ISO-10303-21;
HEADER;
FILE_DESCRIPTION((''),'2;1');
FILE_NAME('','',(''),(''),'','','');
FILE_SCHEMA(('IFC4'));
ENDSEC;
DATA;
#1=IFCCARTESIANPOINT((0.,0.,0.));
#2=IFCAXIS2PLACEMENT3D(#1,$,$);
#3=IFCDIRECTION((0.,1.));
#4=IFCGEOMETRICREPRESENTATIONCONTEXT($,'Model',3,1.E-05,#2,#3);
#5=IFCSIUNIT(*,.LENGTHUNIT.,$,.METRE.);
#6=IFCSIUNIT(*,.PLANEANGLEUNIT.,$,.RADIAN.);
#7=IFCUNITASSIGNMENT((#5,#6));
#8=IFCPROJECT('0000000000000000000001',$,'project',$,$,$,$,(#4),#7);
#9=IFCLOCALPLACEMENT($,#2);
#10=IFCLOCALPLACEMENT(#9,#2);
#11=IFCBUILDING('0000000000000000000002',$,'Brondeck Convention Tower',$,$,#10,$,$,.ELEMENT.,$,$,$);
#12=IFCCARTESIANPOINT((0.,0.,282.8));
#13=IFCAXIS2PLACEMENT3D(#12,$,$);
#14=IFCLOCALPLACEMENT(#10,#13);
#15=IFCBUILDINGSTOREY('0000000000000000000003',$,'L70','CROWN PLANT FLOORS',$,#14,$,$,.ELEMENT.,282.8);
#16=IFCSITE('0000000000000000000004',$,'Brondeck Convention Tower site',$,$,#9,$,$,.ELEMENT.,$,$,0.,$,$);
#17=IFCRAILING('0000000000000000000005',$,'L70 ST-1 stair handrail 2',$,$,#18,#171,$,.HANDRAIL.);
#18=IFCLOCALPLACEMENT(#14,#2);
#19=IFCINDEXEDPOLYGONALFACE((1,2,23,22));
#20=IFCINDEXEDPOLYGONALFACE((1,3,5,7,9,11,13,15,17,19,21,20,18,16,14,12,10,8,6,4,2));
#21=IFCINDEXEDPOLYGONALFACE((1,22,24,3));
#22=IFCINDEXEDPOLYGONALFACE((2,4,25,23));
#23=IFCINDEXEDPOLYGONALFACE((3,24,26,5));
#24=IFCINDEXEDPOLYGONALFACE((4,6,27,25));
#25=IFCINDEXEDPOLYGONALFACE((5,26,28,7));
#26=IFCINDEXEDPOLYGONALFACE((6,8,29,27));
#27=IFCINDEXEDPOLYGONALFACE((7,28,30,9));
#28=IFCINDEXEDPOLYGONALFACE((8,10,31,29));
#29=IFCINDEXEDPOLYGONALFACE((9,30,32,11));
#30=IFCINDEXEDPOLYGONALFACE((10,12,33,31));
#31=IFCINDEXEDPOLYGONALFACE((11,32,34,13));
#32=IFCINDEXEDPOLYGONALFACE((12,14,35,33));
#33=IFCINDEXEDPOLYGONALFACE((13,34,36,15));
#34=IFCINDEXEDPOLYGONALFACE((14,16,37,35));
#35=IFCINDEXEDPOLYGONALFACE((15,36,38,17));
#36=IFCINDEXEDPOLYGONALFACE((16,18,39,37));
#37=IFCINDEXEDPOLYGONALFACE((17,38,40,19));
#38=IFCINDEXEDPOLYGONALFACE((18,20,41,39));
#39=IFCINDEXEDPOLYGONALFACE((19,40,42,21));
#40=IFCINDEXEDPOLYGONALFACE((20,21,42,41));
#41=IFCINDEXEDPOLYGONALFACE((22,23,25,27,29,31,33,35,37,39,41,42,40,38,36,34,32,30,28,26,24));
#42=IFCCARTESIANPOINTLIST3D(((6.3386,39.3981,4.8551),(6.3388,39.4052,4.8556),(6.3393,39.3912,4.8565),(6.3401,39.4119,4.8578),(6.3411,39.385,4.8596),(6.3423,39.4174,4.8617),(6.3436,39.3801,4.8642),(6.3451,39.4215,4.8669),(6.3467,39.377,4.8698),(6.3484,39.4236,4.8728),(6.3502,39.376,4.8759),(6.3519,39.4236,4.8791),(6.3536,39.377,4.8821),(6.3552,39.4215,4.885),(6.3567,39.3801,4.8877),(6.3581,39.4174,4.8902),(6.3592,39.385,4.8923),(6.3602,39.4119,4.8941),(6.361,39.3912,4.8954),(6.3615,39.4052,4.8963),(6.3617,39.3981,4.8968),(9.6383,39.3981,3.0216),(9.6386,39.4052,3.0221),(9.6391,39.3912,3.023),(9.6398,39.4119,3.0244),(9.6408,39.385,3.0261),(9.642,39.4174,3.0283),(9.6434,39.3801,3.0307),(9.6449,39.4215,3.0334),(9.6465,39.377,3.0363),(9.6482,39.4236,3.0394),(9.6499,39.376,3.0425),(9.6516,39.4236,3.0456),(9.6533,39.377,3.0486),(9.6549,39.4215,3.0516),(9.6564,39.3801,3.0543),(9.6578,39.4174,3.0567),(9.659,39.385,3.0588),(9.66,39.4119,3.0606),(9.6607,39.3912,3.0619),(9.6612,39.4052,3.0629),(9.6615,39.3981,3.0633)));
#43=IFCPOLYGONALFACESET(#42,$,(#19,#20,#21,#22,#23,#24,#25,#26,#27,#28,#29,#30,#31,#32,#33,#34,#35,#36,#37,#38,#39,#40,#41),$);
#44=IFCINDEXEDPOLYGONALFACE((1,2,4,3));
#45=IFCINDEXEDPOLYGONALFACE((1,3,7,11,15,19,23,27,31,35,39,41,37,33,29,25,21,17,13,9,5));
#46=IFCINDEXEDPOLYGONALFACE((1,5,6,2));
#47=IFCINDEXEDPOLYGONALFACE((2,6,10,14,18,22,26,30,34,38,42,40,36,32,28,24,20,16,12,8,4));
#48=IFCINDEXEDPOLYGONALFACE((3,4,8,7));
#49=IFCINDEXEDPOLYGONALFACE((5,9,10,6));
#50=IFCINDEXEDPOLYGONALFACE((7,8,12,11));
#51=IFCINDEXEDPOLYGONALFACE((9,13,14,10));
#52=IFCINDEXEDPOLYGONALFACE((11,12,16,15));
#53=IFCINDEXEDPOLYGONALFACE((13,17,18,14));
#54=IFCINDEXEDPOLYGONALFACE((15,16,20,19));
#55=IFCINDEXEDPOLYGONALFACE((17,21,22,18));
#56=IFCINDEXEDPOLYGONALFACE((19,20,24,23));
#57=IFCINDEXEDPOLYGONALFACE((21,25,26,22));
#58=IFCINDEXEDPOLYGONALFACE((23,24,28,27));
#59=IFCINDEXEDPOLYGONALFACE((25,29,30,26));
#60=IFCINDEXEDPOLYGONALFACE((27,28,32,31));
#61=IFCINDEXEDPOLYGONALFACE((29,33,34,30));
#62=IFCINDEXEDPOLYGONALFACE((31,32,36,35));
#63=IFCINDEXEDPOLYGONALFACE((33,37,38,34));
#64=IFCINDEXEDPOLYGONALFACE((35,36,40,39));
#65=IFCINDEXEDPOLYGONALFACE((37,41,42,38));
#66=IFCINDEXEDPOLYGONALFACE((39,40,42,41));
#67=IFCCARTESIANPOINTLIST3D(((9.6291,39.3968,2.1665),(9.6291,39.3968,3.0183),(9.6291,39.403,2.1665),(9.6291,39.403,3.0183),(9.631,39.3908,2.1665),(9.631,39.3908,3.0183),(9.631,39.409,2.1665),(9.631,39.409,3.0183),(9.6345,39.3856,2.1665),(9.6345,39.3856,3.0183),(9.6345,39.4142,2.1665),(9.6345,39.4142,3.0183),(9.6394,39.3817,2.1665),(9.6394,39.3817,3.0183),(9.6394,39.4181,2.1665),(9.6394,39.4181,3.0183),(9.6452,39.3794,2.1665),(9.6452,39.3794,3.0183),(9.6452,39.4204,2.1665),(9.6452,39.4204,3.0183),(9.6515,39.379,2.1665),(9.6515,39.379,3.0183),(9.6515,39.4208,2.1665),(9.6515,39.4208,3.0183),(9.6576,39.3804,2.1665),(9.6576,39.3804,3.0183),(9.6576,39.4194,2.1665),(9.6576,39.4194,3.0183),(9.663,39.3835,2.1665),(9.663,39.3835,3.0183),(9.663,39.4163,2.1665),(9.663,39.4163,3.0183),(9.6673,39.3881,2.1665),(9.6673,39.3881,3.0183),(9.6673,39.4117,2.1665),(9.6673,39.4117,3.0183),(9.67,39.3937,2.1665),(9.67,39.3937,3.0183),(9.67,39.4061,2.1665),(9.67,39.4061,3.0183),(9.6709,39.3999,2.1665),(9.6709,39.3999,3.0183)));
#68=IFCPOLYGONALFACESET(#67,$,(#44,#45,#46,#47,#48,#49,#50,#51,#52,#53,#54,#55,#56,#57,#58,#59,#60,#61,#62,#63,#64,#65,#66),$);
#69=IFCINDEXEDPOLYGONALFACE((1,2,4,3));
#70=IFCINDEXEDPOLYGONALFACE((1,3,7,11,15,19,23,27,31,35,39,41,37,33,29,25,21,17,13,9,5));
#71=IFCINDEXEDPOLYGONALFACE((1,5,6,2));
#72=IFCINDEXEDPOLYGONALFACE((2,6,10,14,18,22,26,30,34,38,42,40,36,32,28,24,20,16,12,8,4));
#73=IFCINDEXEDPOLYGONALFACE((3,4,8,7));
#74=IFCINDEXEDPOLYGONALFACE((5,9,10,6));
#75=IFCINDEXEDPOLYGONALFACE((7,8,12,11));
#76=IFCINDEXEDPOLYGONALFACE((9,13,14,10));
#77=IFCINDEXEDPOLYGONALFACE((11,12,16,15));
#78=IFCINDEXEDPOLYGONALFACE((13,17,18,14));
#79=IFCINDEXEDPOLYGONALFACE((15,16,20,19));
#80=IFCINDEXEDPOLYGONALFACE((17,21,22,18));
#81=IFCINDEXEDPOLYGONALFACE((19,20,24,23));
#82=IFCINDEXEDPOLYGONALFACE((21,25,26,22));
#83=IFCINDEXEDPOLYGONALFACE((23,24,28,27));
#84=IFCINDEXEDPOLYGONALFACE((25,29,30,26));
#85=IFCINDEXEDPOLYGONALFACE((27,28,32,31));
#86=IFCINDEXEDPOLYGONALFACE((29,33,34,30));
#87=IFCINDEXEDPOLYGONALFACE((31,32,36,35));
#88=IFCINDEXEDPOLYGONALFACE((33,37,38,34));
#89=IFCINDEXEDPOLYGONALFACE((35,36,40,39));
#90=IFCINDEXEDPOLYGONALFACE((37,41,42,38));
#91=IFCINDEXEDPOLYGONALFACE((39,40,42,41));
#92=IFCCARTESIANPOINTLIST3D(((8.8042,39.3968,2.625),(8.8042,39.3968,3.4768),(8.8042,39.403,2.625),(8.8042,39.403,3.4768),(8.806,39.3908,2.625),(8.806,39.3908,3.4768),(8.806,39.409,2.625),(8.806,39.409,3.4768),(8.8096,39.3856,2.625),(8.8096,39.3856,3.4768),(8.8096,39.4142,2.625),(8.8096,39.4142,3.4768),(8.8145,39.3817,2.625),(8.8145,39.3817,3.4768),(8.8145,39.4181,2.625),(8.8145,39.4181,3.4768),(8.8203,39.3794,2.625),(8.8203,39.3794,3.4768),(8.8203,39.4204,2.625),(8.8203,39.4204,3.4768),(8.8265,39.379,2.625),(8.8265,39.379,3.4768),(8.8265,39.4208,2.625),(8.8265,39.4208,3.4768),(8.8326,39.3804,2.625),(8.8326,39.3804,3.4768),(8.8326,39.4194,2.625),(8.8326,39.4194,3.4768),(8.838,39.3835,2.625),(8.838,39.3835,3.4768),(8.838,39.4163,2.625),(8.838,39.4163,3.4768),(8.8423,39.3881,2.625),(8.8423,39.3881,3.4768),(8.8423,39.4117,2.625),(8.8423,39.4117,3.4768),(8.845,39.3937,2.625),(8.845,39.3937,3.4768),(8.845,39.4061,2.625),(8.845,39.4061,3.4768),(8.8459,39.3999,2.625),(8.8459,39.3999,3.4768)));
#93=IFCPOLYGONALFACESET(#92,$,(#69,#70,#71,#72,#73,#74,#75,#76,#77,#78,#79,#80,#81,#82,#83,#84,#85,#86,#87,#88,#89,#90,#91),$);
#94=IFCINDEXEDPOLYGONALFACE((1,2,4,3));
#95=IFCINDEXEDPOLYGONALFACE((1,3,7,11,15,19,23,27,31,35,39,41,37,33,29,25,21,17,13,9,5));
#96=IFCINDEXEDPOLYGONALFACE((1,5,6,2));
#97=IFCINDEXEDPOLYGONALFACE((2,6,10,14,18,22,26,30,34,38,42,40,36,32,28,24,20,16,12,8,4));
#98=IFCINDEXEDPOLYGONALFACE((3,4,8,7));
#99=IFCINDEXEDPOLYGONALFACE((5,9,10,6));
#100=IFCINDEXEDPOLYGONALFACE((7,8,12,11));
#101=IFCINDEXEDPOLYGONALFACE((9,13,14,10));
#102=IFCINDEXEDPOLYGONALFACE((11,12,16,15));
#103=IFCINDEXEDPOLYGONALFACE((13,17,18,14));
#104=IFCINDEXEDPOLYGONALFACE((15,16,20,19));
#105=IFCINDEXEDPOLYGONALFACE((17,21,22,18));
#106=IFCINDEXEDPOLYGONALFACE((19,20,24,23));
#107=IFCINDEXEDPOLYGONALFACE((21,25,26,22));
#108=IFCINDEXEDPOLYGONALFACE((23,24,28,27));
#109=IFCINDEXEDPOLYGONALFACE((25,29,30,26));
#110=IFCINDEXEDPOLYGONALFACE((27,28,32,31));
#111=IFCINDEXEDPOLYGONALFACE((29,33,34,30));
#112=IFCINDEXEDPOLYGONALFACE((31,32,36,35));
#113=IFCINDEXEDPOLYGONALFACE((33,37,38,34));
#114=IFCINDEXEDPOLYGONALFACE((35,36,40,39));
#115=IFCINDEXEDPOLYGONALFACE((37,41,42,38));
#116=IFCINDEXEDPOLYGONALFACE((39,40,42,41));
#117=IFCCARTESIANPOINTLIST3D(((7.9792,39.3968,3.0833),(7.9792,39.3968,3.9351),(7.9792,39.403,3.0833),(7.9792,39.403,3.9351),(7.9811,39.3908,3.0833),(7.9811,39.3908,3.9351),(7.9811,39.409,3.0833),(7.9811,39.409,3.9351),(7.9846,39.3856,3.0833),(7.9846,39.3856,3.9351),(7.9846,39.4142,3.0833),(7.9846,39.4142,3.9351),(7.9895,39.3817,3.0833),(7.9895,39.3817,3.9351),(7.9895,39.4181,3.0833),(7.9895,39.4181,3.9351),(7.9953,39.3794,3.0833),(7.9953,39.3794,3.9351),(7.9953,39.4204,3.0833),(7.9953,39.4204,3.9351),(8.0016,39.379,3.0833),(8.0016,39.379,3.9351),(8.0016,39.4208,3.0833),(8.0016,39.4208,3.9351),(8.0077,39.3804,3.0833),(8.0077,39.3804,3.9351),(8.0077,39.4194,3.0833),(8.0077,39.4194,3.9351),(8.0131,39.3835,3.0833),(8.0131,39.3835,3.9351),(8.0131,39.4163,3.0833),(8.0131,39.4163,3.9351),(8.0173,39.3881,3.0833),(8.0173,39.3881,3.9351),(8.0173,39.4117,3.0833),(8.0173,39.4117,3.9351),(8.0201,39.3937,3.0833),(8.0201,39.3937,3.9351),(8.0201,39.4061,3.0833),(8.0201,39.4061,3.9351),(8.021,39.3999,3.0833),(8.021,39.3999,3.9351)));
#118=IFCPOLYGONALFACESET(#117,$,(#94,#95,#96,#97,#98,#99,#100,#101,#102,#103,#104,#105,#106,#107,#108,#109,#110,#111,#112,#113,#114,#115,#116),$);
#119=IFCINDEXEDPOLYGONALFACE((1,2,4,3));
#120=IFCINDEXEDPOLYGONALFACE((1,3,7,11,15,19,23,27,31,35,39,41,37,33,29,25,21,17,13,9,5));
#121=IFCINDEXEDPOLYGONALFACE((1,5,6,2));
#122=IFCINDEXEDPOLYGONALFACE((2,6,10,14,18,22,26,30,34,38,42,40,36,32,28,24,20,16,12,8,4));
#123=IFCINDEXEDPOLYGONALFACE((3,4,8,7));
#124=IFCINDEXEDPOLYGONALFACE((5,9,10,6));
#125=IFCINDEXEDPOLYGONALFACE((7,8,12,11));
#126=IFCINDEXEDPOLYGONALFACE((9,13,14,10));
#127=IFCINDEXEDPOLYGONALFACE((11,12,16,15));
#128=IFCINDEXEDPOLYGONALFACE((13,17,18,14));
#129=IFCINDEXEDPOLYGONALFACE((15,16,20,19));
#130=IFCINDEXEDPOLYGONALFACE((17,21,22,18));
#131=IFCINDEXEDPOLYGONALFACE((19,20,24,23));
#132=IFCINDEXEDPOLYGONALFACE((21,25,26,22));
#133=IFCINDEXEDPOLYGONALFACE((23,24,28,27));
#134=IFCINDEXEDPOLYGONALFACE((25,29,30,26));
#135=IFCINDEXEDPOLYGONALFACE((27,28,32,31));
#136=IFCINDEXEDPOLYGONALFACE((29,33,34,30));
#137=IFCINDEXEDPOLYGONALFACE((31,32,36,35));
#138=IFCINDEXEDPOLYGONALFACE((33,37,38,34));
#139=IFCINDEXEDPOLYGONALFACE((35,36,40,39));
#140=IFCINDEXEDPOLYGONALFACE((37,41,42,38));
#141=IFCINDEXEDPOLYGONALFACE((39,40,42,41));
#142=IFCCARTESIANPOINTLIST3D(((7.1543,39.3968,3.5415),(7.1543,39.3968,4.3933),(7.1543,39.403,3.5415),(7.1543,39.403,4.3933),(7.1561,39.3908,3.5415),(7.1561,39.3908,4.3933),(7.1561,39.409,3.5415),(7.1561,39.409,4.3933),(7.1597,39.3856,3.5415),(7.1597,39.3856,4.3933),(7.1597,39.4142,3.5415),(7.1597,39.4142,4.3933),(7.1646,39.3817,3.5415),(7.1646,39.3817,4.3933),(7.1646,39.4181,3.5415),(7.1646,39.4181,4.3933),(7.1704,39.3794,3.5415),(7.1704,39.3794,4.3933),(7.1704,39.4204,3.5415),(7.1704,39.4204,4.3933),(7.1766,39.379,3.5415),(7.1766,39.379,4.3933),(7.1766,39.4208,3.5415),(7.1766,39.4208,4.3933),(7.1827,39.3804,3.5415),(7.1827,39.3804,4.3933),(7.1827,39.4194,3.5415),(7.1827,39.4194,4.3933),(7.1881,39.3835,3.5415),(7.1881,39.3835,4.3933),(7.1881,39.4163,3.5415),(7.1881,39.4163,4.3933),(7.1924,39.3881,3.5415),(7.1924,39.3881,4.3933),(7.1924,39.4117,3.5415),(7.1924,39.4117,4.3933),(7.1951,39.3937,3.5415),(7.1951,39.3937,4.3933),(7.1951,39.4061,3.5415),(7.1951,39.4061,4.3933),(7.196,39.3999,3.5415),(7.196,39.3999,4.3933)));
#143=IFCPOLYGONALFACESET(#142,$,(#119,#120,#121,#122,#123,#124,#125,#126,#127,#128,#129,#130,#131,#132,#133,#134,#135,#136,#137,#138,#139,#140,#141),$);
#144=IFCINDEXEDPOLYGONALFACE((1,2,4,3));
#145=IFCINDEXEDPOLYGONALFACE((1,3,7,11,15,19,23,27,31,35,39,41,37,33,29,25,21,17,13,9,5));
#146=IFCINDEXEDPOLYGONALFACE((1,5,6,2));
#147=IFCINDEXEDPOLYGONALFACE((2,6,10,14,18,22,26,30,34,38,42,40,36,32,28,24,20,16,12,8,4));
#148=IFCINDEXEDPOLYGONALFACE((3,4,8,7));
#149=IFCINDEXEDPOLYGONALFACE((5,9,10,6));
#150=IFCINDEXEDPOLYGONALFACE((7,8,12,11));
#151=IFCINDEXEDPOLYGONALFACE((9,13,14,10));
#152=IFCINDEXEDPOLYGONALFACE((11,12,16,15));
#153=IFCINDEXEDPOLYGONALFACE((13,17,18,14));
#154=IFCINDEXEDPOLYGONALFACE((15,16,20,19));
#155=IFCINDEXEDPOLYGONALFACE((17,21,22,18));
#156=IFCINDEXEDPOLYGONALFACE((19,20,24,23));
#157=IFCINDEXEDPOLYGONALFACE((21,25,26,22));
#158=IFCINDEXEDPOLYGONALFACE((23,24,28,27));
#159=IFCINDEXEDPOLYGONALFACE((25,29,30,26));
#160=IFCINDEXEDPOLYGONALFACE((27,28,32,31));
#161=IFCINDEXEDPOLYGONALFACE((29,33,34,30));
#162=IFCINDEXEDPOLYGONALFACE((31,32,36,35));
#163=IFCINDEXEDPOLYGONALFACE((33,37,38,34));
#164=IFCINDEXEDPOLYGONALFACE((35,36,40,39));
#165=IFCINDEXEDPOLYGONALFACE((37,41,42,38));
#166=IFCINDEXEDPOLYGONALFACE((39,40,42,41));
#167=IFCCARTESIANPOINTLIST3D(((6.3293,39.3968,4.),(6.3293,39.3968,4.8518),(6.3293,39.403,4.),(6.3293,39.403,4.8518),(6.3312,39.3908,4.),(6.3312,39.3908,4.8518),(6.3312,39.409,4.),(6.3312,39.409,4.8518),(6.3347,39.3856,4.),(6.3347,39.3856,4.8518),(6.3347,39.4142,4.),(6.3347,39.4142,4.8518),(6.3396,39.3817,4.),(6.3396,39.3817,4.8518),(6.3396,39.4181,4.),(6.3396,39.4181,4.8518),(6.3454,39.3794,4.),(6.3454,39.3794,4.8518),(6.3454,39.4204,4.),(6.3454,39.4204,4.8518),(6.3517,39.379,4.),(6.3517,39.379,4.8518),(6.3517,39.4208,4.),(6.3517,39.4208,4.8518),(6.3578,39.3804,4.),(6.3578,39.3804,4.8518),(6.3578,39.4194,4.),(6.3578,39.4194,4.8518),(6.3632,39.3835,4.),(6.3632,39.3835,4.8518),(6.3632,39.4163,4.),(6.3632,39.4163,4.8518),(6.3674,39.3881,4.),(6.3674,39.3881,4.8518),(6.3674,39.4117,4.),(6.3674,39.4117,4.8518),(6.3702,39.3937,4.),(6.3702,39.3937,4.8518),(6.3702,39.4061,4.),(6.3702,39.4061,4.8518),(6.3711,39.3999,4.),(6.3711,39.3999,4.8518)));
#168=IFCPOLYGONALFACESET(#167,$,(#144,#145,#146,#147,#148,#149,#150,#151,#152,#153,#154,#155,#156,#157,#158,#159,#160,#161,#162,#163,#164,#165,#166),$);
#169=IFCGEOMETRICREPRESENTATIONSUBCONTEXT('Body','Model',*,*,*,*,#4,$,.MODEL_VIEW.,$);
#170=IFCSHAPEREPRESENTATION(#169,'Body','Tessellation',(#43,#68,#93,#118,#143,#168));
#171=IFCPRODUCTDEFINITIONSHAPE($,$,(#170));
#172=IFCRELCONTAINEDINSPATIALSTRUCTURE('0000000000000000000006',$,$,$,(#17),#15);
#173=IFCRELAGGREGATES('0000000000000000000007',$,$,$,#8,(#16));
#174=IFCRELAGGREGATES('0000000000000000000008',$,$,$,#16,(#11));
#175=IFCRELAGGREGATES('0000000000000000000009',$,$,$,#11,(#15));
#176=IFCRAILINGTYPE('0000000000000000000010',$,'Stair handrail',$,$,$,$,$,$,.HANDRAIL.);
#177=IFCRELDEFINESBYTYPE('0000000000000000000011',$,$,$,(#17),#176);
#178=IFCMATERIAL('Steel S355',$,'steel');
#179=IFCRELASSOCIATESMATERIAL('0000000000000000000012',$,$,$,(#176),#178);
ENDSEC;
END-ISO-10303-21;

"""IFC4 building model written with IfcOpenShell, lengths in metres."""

from ifc_helpers import new_model, si_unit, direction, frame, origin, origin_2d, place, context, subcontext, project, spatial, circle, extrude, material, type_object, element, save


model = new_model("IFC4")

# Units and contexts
model_context = context("Model", 3, precision=1e-05, world=origin(), true_north=direction((0.0, 1.0)))
body_context = subcontext(model_context, "Body", "Model", "MODEL_VIEW")
ifc_project = project(units=[si_unit("LENGTHUNIT", "METRE"), si_unit("PLANEANGLEUNIT", "RADIAN")], contexts=[model_context])

# Site, building, storey
site_placement = place(None, origin())
site = spatial("IfcSite", under=ifc_project, at=site_placement, Name="Brondeck Convention Tower site", CompositionType="ELEMENT", RefElevation=0.0)
building_placement = place(site_placement, origin())
building = spatial("IfcBuilding", under=site, at=building_placement, Name="Brondeck Convention Tower", CompositionType="ELEMENT")
storey_placement = place(building_placement, frame((0.0, 0.0, 282.8)))
storey = spatial("IfcBuildingStorey", under=building, at=storey_placement, Name="L70", Description="CROWN PLANT FLOORS", CompositionType="ELEMENT", Elevation=282.8)

# Railing
ifc_material_1 = material(Name="Steel S355", Category="steel")
railing_type_1 = type_object("IfcRailingType", Name="Stair handrail", PredefinedType="HANDRAIL", material=ifc_material_1)
railing_1_placement = place(storey_placement, frame((9.6499, 39.3999, 2.1665)))
element("IfcRailing", 1, at=railing_1_placement, inside=storey, type_object=railing_type_1, Name="L70 ST-1 stair handrail 2", PredefinedType="HANDRAIL", context=body_context, shape_type="SweptSolid", body=[
    extrude(circle(Radius=0.0239, at=origin_2d()), frame((0.0, 0.0, 0.876), z_axis=(-0.874127, 0.0, 0.485698), x_axis=(0.0, -1.0, 0.0)), (0.0, 0.0, 1.0), 3.7749),
    extrude(circle(Radius=0.021, at=origin_2d()), origin(), (0.0, 0.0, 1.0), 0.8518),
    extrude(circle(Radius=0.021, at=origin_2d()), frame((-0.825, 0.0, 0.4585)), (0.0, 0.0, 1.0), 0.8518),
    extrude(circle(Radius=0.021, at=origin_2d()), frame((-1.6499, 0.0, 0.9167)), (0.0, 0.0, 1.0), 0.8518),
    extrude(circle(Radius=0.021, at=origin_2d()), frame((-2.4749, 0.0, 1.375)), (0.0, 0.0, 1.0), 0.8518),
    extrude(circle(Radius=0.021, at=origin_2d()), frame((-3.2998, 0.0, 1.8335)), (0.0, 0.0, 1.0), 0.8518),
])

save(model, "model.ifc")
